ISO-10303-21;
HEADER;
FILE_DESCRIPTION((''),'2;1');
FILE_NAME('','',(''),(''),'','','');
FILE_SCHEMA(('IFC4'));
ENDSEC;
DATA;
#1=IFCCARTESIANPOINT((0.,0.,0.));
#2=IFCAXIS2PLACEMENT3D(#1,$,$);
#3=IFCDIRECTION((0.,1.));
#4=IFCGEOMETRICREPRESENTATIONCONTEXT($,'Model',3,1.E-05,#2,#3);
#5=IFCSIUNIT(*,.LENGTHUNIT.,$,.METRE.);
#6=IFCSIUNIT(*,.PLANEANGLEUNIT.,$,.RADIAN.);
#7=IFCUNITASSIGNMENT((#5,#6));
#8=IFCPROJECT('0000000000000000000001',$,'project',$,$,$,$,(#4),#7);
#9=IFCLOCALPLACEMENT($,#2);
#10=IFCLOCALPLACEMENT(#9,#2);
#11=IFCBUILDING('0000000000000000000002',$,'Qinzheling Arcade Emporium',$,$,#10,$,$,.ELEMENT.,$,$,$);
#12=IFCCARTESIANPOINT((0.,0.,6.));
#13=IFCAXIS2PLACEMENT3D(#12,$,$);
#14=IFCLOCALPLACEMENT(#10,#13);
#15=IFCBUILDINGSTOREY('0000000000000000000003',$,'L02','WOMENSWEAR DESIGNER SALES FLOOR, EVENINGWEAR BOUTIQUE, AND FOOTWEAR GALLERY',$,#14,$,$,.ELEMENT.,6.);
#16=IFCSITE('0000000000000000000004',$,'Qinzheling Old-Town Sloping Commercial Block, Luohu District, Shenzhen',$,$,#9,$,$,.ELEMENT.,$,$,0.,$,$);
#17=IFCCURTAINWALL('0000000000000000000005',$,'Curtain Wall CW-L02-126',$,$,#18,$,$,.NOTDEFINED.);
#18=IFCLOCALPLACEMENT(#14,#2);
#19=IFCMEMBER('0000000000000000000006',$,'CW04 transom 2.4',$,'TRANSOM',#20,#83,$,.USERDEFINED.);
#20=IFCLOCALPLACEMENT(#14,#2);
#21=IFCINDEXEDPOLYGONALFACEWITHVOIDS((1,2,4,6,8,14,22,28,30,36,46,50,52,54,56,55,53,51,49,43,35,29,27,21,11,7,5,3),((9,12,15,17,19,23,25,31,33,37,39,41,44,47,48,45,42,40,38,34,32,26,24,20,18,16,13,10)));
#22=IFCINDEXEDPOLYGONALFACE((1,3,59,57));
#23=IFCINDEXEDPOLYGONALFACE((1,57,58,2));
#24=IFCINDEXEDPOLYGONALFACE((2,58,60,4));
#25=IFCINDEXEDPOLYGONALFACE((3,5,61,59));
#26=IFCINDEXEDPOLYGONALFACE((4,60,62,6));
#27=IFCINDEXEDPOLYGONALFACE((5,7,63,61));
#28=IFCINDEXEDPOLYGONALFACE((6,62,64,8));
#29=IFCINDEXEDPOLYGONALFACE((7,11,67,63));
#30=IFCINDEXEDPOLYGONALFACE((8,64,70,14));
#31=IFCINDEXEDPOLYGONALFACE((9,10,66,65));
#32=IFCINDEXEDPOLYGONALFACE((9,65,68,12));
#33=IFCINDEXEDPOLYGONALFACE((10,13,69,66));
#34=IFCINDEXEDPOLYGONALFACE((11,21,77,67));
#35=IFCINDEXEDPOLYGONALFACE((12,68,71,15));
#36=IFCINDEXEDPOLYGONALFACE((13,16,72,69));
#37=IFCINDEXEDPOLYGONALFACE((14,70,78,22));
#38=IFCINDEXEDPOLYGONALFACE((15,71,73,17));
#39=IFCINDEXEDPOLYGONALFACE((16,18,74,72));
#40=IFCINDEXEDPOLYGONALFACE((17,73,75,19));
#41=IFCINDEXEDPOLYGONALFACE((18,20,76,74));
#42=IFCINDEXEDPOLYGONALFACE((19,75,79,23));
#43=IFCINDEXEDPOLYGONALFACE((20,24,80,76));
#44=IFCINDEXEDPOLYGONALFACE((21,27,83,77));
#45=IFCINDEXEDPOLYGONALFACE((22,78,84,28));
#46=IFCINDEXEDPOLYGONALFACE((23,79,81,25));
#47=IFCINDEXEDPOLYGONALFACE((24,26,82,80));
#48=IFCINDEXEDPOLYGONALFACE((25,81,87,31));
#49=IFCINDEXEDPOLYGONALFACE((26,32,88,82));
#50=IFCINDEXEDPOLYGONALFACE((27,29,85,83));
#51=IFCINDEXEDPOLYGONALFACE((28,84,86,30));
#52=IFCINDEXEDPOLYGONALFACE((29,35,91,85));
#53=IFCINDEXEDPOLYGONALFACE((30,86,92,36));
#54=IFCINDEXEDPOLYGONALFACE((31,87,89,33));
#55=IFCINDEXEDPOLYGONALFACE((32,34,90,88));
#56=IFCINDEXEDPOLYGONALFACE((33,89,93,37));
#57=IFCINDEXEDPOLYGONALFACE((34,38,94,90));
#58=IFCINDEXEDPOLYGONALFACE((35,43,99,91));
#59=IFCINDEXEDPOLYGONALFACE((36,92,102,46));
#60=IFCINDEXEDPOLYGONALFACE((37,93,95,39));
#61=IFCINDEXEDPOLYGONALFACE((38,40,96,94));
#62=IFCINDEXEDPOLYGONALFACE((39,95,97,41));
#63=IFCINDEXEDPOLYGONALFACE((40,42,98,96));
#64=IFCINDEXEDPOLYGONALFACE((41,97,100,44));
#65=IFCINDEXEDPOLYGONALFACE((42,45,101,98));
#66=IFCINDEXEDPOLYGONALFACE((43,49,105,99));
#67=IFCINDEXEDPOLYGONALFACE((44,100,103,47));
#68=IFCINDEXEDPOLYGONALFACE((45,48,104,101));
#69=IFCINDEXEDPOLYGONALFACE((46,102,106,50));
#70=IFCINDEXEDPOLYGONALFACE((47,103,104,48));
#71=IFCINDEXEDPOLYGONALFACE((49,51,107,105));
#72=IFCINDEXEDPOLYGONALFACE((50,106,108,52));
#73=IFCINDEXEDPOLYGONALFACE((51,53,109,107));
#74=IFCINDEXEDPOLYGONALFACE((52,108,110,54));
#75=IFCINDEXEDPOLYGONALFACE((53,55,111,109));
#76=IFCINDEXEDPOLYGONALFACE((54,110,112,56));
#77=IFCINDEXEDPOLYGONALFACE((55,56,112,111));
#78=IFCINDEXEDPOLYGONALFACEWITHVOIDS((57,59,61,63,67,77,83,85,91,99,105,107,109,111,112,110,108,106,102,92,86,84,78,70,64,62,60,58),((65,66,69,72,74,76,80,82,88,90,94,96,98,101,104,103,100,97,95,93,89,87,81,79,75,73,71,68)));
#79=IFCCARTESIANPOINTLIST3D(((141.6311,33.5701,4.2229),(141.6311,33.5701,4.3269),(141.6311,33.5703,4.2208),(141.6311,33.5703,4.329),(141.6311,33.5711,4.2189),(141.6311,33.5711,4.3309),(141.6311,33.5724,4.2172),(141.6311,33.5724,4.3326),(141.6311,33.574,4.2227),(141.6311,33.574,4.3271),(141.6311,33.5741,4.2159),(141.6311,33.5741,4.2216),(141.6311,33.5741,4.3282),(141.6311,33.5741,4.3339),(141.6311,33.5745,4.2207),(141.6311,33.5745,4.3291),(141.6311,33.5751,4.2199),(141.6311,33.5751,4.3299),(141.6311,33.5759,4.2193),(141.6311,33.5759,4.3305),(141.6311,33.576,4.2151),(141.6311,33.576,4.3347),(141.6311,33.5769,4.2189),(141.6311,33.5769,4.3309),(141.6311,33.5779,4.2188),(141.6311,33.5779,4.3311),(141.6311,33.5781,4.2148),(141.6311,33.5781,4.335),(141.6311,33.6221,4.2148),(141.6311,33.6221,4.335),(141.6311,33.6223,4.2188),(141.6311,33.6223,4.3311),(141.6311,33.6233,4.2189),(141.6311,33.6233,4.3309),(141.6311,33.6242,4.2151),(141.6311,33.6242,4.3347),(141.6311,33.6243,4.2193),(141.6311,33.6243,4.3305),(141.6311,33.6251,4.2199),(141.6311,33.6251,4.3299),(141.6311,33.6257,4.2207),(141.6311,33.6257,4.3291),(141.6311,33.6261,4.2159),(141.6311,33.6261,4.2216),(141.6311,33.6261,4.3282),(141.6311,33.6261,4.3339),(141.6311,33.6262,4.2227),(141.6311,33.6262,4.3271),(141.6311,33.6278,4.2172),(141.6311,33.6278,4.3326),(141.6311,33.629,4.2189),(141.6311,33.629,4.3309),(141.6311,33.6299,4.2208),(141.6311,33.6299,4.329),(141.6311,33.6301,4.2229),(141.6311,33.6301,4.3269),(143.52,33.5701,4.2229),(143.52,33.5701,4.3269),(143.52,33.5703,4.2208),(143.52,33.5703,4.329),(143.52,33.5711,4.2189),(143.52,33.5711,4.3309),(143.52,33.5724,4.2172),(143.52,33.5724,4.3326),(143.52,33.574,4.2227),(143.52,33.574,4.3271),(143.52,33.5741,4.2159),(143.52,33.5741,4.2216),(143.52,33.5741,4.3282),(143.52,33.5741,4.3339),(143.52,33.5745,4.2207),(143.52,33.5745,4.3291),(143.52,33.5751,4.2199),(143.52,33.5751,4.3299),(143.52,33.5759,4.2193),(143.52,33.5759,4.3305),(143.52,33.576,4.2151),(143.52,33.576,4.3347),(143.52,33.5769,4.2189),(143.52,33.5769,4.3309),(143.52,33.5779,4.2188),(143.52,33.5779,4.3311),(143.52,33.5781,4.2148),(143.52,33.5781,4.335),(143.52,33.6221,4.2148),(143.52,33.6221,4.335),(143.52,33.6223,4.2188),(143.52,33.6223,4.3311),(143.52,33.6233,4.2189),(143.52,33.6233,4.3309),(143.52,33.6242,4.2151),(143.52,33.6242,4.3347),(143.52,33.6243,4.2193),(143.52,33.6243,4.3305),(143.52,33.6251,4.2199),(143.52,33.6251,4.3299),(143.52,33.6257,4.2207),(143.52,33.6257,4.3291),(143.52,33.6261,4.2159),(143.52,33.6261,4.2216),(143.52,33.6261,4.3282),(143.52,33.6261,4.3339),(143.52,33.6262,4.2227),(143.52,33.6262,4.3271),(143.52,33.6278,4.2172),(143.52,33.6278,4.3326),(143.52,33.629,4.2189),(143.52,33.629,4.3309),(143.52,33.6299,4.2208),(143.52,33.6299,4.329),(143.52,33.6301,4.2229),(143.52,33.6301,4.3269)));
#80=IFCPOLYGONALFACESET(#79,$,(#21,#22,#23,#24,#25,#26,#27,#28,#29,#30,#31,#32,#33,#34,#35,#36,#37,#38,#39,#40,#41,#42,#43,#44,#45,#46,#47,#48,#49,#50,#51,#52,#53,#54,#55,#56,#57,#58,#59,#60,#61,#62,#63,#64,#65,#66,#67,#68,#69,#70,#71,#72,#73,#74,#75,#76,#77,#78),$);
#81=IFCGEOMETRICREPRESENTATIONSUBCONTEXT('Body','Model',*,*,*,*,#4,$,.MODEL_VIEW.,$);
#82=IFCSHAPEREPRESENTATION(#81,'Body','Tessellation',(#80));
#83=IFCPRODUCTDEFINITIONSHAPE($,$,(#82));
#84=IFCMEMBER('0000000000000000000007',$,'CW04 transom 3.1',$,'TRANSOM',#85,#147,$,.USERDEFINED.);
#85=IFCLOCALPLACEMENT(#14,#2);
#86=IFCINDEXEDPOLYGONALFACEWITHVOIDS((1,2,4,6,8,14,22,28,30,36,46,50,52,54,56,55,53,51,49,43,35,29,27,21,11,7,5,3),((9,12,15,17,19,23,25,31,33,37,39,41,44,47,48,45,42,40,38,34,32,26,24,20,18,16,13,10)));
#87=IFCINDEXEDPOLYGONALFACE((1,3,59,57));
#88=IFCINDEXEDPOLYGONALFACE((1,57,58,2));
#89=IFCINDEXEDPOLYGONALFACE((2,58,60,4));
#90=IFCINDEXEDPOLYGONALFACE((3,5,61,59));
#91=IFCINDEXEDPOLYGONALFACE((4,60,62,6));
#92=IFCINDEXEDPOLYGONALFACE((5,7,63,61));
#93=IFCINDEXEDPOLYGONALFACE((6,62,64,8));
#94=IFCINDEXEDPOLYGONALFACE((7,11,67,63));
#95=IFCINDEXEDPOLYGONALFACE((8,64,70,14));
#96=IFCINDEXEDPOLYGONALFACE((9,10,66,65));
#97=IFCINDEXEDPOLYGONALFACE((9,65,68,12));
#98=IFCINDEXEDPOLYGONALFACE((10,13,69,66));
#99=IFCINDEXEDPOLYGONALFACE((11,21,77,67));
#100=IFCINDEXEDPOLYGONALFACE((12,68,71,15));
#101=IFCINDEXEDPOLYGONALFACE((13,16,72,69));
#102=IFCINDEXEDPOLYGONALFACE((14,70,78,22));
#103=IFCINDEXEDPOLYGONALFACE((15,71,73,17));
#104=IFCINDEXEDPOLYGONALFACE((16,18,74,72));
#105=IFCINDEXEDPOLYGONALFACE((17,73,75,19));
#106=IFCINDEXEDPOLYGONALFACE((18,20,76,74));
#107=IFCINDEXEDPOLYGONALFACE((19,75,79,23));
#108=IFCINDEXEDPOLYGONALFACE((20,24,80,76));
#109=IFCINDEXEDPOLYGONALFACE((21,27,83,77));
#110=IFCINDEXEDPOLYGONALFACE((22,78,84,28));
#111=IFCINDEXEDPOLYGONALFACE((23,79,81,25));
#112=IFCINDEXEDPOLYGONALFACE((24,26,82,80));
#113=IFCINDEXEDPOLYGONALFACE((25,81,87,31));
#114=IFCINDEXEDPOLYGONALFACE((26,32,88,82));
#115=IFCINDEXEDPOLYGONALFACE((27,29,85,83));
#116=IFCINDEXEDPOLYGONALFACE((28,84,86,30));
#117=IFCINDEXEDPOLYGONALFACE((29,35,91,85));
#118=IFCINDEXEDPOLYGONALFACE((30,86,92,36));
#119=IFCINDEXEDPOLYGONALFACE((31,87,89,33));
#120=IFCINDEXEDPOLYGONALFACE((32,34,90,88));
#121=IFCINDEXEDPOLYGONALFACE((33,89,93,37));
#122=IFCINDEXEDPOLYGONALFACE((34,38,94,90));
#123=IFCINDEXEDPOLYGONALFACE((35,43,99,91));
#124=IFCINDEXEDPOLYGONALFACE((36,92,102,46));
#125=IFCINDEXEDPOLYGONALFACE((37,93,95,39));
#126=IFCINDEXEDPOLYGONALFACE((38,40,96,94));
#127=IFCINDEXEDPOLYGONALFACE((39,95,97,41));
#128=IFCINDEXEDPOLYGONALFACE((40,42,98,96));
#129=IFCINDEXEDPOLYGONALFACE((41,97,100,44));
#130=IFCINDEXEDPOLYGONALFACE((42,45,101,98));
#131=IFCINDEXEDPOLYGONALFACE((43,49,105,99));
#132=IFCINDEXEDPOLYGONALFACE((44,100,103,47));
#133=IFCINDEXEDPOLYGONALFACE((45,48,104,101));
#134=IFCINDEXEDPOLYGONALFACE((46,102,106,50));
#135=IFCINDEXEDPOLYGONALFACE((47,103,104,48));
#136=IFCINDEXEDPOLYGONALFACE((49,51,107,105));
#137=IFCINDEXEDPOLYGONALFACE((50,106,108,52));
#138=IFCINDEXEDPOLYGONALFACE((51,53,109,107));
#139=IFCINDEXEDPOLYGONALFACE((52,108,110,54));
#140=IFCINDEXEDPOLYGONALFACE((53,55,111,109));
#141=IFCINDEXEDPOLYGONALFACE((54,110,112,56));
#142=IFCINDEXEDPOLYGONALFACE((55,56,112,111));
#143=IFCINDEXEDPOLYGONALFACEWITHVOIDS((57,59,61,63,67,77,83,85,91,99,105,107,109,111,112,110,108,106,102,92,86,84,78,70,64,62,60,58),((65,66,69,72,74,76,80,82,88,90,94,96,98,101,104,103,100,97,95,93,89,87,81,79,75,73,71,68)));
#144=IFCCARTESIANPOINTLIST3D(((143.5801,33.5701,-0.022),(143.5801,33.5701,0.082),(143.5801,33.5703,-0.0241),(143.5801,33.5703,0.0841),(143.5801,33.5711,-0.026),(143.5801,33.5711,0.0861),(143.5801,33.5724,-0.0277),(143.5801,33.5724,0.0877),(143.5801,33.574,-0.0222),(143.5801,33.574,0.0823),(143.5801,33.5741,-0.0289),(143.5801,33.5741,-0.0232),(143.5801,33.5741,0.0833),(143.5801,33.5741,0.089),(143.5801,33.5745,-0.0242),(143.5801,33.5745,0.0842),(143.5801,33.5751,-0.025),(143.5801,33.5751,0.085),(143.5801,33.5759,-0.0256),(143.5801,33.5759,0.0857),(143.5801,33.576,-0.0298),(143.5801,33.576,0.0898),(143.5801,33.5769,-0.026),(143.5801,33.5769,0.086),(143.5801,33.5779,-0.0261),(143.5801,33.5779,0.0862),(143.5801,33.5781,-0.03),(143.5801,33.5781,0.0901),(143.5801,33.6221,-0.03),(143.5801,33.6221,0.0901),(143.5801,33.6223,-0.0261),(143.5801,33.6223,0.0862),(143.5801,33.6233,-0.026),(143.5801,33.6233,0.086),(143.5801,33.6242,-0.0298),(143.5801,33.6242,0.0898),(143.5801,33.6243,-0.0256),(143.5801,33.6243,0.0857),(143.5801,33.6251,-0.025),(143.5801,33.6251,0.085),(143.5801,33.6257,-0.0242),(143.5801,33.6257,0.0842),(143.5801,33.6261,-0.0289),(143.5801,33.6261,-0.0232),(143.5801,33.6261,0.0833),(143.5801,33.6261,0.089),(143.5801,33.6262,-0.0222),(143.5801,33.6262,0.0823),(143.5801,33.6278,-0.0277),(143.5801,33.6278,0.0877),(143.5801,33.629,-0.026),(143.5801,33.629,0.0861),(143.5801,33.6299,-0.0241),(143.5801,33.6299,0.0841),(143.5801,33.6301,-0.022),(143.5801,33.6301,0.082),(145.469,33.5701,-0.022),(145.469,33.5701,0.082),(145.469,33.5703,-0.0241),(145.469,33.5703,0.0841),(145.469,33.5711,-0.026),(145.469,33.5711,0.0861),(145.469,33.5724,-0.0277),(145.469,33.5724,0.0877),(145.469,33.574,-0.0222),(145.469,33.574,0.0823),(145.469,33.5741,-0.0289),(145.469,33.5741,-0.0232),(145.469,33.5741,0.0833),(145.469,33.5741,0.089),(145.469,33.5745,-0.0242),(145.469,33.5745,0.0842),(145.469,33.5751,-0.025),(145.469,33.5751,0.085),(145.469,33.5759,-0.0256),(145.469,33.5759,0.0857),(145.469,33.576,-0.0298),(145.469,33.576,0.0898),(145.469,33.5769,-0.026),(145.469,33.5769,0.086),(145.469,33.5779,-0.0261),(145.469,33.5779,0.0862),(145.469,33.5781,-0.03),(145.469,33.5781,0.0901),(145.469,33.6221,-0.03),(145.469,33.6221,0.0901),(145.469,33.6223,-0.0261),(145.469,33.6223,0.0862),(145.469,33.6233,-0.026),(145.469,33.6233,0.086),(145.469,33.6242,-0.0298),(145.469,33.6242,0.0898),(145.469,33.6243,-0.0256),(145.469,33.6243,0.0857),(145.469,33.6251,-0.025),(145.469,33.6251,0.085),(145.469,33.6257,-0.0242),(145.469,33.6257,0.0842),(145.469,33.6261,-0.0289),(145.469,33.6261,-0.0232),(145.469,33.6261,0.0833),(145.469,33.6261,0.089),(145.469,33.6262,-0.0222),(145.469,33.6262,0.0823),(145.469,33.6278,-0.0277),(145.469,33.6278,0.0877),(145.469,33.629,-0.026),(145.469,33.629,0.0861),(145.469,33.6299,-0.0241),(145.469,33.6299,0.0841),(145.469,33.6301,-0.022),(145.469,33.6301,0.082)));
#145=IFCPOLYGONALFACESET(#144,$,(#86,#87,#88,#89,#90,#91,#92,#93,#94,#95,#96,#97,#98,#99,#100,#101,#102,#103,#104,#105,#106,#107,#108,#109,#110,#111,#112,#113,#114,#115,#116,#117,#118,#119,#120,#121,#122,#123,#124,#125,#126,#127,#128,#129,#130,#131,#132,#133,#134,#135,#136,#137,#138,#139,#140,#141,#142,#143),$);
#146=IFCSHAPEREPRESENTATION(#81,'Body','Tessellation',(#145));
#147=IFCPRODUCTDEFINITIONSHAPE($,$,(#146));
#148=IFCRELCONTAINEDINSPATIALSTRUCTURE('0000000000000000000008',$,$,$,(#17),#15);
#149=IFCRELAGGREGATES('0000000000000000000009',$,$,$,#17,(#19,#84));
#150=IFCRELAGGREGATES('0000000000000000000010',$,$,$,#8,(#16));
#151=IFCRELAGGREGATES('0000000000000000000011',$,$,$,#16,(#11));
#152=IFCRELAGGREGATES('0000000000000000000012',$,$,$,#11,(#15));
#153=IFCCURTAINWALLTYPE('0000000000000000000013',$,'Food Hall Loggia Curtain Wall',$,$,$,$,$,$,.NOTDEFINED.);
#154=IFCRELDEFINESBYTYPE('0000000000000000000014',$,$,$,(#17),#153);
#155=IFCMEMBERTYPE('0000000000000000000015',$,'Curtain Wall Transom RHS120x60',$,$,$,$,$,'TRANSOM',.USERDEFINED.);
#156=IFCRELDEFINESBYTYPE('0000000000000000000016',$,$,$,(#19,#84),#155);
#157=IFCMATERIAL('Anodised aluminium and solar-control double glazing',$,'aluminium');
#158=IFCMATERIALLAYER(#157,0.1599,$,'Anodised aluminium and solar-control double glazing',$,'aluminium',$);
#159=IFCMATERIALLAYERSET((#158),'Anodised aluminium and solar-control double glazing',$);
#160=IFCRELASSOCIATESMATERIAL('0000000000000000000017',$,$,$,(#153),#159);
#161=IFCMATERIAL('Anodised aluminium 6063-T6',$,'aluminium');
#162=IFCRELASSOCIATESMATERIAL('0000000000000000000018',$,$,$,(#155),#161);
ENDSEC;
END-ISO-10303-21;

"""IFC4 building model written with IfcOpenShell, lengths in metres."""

from ifc_helpers import new_model, si_unit, direction, frame, origin, origin_2d, place, context, subcontext, project, spatial, hollow_rectangle, extrude, material, layer, layer_set, material_profile, profile_set, type_object, element, aggregate, save


model = new_model("IFC4")

# Units and contexts
model_context = context("Model", 3, precision=1e-05, world=origin(), true_north=direction((0.0, 1.0)))
body_context = subcontext(model_context, "Body", "Model", "MODEL_VIEW")
ifc_project = project(units=[si_unit("LENGTHUNIT", "METRE"), si_unit("PLANEANGLEUNIT", "RADIAN")], contexts=[model_context])

# Site, building, storey
site_placement = place(None, origin())
site = spatial("IfcSite", under=ifc_project, at=site_placement, Name="Qinzheling Old-Town Sloping Commercial Block, Luohu District, Shenzhen", CompositionType="ELEMENT", RefElevation=0.0)
building_placement = place(site_placement, origin())
building = spatial("IfcBuilding", under=site, at=building_placement, Name="Qinzheling Arcade Emporium", CompositionType="ELEMENT")
storey_placement = place(building_placement, frame((0.0, 0.0, 6.0)))
storey = spatial("IfcBuildingStorey", under=building, at=storey_placement, Name="L02", Description="WOMENSWEAR DESIGNER SALES FLOOR, EVENINGWEAR BOUTIQUE, AND FOOTWEAR GALLERY", CompositionType="ELEMENT", Elevation=6.0)

# Curtain wall, members
ifc_material_1 = material(Name="Anodised aluminium and solar-control double glazing", Category="aluminium")
ifc_layer_1 = layer(ifc_material_1, 0.1599, Name="Anodised aluminium and solar-control double glazing", Category="aluminium")
ifc_layer_set_1 = layer_set([ifc_layer_1], Name="Anodised aluminium and solar-control double glazing")
curtain_wall_type = type_object("IfcCurtainWallType", Name="Food Hall Loggia Curtain Wall", PredefinedType="NOTDEFINED", material=ifc_layer_set_1)
curtain_wall_placement = place(storey_placement, origin())
curtain_wall = element("IfcCurtainWall", 1, at=curtain_wall_placement, inside=storey, type_object=curtain_wall_type, Name="Curtain Wall CW-L02-126", PredefinedType="NOTDEFINED")
ifc_material_2 = material(Name="Anodised aluminium 6063-T6", Category="aluminium")
ifc_material_profile_1 = material_profile(ifc_material_2, hollow_rectangle(XDim=0.0601, YDim=0.1201, WallThickness=0.0039, InnerFilletRadius=0.0039, OuterFilletRadius=0.0081, at=origin_2d()), Name="RHS 120x60x4", Category="aluminium")
ifc_profile_set_1 = profile_set([ifc_material_profile_1], Name="Anodised aluminium 6063-T6")
member_type_1 = type_object("IfcMemberType", Name="Curtain Wall Transom RHS120x60", ElementType="TRANSOM", PredefinedType="USERDEFINED", material=ifc_profile_set_1)
member_1_placement = place(storey_placement, frame((141.6311, 33.6001, 4.2749), z_axis=(1.0, 0.0, 0.0), x_axis=(0.0, 1.0, 0.0)))
member_1 = element("IfcMember", 2, at=member_1_placement, type_object=member_type_1, Name="CW04 transom 2.4", ObjectType="TRANSOM", PredefinedType="USERDEFINED", context=body_context, shape_type="SweptSolid", body=[
    extrude(hollow_rectangle(XDim=0.0601, YDim=0.1201, WallThickness=0.0039, InnerFilletRadius=0.0039, OuterFilletRadius=0.0081, at=origin_2d()), origin(), (0.0, 0.0, 1.0), 1.8889),
])
member_2_placement = place(storey_placement, frame((143.5801, 33.6001, 0.03), z_axis=(1.0, 0.0, 0.0), x_axis=(0.0, 1.0, 0.0)))
member_2 = element("IfcMember", 3, at=member_2_placement, type_object=member_type_1, Name="CW04 transom 3.1", ObjectType="TRANSOM", PredefinedType="USERDEFINED", context=body_context, shape_type="SweptSolid", body=[
    extrude(hollow_rectangle(XDim=0.0601, YDim=0.1201, WallThickness=0.0039, InnerFilletRadius=0.0039, OuterFilletRadius=0.0081, at=origin_2d()), origin(), (0.0, 0.0, 1.0), 1.8889),
])
aggregate(curtain_wall, [member_1, member_2])

save(model, "model.ifc")
